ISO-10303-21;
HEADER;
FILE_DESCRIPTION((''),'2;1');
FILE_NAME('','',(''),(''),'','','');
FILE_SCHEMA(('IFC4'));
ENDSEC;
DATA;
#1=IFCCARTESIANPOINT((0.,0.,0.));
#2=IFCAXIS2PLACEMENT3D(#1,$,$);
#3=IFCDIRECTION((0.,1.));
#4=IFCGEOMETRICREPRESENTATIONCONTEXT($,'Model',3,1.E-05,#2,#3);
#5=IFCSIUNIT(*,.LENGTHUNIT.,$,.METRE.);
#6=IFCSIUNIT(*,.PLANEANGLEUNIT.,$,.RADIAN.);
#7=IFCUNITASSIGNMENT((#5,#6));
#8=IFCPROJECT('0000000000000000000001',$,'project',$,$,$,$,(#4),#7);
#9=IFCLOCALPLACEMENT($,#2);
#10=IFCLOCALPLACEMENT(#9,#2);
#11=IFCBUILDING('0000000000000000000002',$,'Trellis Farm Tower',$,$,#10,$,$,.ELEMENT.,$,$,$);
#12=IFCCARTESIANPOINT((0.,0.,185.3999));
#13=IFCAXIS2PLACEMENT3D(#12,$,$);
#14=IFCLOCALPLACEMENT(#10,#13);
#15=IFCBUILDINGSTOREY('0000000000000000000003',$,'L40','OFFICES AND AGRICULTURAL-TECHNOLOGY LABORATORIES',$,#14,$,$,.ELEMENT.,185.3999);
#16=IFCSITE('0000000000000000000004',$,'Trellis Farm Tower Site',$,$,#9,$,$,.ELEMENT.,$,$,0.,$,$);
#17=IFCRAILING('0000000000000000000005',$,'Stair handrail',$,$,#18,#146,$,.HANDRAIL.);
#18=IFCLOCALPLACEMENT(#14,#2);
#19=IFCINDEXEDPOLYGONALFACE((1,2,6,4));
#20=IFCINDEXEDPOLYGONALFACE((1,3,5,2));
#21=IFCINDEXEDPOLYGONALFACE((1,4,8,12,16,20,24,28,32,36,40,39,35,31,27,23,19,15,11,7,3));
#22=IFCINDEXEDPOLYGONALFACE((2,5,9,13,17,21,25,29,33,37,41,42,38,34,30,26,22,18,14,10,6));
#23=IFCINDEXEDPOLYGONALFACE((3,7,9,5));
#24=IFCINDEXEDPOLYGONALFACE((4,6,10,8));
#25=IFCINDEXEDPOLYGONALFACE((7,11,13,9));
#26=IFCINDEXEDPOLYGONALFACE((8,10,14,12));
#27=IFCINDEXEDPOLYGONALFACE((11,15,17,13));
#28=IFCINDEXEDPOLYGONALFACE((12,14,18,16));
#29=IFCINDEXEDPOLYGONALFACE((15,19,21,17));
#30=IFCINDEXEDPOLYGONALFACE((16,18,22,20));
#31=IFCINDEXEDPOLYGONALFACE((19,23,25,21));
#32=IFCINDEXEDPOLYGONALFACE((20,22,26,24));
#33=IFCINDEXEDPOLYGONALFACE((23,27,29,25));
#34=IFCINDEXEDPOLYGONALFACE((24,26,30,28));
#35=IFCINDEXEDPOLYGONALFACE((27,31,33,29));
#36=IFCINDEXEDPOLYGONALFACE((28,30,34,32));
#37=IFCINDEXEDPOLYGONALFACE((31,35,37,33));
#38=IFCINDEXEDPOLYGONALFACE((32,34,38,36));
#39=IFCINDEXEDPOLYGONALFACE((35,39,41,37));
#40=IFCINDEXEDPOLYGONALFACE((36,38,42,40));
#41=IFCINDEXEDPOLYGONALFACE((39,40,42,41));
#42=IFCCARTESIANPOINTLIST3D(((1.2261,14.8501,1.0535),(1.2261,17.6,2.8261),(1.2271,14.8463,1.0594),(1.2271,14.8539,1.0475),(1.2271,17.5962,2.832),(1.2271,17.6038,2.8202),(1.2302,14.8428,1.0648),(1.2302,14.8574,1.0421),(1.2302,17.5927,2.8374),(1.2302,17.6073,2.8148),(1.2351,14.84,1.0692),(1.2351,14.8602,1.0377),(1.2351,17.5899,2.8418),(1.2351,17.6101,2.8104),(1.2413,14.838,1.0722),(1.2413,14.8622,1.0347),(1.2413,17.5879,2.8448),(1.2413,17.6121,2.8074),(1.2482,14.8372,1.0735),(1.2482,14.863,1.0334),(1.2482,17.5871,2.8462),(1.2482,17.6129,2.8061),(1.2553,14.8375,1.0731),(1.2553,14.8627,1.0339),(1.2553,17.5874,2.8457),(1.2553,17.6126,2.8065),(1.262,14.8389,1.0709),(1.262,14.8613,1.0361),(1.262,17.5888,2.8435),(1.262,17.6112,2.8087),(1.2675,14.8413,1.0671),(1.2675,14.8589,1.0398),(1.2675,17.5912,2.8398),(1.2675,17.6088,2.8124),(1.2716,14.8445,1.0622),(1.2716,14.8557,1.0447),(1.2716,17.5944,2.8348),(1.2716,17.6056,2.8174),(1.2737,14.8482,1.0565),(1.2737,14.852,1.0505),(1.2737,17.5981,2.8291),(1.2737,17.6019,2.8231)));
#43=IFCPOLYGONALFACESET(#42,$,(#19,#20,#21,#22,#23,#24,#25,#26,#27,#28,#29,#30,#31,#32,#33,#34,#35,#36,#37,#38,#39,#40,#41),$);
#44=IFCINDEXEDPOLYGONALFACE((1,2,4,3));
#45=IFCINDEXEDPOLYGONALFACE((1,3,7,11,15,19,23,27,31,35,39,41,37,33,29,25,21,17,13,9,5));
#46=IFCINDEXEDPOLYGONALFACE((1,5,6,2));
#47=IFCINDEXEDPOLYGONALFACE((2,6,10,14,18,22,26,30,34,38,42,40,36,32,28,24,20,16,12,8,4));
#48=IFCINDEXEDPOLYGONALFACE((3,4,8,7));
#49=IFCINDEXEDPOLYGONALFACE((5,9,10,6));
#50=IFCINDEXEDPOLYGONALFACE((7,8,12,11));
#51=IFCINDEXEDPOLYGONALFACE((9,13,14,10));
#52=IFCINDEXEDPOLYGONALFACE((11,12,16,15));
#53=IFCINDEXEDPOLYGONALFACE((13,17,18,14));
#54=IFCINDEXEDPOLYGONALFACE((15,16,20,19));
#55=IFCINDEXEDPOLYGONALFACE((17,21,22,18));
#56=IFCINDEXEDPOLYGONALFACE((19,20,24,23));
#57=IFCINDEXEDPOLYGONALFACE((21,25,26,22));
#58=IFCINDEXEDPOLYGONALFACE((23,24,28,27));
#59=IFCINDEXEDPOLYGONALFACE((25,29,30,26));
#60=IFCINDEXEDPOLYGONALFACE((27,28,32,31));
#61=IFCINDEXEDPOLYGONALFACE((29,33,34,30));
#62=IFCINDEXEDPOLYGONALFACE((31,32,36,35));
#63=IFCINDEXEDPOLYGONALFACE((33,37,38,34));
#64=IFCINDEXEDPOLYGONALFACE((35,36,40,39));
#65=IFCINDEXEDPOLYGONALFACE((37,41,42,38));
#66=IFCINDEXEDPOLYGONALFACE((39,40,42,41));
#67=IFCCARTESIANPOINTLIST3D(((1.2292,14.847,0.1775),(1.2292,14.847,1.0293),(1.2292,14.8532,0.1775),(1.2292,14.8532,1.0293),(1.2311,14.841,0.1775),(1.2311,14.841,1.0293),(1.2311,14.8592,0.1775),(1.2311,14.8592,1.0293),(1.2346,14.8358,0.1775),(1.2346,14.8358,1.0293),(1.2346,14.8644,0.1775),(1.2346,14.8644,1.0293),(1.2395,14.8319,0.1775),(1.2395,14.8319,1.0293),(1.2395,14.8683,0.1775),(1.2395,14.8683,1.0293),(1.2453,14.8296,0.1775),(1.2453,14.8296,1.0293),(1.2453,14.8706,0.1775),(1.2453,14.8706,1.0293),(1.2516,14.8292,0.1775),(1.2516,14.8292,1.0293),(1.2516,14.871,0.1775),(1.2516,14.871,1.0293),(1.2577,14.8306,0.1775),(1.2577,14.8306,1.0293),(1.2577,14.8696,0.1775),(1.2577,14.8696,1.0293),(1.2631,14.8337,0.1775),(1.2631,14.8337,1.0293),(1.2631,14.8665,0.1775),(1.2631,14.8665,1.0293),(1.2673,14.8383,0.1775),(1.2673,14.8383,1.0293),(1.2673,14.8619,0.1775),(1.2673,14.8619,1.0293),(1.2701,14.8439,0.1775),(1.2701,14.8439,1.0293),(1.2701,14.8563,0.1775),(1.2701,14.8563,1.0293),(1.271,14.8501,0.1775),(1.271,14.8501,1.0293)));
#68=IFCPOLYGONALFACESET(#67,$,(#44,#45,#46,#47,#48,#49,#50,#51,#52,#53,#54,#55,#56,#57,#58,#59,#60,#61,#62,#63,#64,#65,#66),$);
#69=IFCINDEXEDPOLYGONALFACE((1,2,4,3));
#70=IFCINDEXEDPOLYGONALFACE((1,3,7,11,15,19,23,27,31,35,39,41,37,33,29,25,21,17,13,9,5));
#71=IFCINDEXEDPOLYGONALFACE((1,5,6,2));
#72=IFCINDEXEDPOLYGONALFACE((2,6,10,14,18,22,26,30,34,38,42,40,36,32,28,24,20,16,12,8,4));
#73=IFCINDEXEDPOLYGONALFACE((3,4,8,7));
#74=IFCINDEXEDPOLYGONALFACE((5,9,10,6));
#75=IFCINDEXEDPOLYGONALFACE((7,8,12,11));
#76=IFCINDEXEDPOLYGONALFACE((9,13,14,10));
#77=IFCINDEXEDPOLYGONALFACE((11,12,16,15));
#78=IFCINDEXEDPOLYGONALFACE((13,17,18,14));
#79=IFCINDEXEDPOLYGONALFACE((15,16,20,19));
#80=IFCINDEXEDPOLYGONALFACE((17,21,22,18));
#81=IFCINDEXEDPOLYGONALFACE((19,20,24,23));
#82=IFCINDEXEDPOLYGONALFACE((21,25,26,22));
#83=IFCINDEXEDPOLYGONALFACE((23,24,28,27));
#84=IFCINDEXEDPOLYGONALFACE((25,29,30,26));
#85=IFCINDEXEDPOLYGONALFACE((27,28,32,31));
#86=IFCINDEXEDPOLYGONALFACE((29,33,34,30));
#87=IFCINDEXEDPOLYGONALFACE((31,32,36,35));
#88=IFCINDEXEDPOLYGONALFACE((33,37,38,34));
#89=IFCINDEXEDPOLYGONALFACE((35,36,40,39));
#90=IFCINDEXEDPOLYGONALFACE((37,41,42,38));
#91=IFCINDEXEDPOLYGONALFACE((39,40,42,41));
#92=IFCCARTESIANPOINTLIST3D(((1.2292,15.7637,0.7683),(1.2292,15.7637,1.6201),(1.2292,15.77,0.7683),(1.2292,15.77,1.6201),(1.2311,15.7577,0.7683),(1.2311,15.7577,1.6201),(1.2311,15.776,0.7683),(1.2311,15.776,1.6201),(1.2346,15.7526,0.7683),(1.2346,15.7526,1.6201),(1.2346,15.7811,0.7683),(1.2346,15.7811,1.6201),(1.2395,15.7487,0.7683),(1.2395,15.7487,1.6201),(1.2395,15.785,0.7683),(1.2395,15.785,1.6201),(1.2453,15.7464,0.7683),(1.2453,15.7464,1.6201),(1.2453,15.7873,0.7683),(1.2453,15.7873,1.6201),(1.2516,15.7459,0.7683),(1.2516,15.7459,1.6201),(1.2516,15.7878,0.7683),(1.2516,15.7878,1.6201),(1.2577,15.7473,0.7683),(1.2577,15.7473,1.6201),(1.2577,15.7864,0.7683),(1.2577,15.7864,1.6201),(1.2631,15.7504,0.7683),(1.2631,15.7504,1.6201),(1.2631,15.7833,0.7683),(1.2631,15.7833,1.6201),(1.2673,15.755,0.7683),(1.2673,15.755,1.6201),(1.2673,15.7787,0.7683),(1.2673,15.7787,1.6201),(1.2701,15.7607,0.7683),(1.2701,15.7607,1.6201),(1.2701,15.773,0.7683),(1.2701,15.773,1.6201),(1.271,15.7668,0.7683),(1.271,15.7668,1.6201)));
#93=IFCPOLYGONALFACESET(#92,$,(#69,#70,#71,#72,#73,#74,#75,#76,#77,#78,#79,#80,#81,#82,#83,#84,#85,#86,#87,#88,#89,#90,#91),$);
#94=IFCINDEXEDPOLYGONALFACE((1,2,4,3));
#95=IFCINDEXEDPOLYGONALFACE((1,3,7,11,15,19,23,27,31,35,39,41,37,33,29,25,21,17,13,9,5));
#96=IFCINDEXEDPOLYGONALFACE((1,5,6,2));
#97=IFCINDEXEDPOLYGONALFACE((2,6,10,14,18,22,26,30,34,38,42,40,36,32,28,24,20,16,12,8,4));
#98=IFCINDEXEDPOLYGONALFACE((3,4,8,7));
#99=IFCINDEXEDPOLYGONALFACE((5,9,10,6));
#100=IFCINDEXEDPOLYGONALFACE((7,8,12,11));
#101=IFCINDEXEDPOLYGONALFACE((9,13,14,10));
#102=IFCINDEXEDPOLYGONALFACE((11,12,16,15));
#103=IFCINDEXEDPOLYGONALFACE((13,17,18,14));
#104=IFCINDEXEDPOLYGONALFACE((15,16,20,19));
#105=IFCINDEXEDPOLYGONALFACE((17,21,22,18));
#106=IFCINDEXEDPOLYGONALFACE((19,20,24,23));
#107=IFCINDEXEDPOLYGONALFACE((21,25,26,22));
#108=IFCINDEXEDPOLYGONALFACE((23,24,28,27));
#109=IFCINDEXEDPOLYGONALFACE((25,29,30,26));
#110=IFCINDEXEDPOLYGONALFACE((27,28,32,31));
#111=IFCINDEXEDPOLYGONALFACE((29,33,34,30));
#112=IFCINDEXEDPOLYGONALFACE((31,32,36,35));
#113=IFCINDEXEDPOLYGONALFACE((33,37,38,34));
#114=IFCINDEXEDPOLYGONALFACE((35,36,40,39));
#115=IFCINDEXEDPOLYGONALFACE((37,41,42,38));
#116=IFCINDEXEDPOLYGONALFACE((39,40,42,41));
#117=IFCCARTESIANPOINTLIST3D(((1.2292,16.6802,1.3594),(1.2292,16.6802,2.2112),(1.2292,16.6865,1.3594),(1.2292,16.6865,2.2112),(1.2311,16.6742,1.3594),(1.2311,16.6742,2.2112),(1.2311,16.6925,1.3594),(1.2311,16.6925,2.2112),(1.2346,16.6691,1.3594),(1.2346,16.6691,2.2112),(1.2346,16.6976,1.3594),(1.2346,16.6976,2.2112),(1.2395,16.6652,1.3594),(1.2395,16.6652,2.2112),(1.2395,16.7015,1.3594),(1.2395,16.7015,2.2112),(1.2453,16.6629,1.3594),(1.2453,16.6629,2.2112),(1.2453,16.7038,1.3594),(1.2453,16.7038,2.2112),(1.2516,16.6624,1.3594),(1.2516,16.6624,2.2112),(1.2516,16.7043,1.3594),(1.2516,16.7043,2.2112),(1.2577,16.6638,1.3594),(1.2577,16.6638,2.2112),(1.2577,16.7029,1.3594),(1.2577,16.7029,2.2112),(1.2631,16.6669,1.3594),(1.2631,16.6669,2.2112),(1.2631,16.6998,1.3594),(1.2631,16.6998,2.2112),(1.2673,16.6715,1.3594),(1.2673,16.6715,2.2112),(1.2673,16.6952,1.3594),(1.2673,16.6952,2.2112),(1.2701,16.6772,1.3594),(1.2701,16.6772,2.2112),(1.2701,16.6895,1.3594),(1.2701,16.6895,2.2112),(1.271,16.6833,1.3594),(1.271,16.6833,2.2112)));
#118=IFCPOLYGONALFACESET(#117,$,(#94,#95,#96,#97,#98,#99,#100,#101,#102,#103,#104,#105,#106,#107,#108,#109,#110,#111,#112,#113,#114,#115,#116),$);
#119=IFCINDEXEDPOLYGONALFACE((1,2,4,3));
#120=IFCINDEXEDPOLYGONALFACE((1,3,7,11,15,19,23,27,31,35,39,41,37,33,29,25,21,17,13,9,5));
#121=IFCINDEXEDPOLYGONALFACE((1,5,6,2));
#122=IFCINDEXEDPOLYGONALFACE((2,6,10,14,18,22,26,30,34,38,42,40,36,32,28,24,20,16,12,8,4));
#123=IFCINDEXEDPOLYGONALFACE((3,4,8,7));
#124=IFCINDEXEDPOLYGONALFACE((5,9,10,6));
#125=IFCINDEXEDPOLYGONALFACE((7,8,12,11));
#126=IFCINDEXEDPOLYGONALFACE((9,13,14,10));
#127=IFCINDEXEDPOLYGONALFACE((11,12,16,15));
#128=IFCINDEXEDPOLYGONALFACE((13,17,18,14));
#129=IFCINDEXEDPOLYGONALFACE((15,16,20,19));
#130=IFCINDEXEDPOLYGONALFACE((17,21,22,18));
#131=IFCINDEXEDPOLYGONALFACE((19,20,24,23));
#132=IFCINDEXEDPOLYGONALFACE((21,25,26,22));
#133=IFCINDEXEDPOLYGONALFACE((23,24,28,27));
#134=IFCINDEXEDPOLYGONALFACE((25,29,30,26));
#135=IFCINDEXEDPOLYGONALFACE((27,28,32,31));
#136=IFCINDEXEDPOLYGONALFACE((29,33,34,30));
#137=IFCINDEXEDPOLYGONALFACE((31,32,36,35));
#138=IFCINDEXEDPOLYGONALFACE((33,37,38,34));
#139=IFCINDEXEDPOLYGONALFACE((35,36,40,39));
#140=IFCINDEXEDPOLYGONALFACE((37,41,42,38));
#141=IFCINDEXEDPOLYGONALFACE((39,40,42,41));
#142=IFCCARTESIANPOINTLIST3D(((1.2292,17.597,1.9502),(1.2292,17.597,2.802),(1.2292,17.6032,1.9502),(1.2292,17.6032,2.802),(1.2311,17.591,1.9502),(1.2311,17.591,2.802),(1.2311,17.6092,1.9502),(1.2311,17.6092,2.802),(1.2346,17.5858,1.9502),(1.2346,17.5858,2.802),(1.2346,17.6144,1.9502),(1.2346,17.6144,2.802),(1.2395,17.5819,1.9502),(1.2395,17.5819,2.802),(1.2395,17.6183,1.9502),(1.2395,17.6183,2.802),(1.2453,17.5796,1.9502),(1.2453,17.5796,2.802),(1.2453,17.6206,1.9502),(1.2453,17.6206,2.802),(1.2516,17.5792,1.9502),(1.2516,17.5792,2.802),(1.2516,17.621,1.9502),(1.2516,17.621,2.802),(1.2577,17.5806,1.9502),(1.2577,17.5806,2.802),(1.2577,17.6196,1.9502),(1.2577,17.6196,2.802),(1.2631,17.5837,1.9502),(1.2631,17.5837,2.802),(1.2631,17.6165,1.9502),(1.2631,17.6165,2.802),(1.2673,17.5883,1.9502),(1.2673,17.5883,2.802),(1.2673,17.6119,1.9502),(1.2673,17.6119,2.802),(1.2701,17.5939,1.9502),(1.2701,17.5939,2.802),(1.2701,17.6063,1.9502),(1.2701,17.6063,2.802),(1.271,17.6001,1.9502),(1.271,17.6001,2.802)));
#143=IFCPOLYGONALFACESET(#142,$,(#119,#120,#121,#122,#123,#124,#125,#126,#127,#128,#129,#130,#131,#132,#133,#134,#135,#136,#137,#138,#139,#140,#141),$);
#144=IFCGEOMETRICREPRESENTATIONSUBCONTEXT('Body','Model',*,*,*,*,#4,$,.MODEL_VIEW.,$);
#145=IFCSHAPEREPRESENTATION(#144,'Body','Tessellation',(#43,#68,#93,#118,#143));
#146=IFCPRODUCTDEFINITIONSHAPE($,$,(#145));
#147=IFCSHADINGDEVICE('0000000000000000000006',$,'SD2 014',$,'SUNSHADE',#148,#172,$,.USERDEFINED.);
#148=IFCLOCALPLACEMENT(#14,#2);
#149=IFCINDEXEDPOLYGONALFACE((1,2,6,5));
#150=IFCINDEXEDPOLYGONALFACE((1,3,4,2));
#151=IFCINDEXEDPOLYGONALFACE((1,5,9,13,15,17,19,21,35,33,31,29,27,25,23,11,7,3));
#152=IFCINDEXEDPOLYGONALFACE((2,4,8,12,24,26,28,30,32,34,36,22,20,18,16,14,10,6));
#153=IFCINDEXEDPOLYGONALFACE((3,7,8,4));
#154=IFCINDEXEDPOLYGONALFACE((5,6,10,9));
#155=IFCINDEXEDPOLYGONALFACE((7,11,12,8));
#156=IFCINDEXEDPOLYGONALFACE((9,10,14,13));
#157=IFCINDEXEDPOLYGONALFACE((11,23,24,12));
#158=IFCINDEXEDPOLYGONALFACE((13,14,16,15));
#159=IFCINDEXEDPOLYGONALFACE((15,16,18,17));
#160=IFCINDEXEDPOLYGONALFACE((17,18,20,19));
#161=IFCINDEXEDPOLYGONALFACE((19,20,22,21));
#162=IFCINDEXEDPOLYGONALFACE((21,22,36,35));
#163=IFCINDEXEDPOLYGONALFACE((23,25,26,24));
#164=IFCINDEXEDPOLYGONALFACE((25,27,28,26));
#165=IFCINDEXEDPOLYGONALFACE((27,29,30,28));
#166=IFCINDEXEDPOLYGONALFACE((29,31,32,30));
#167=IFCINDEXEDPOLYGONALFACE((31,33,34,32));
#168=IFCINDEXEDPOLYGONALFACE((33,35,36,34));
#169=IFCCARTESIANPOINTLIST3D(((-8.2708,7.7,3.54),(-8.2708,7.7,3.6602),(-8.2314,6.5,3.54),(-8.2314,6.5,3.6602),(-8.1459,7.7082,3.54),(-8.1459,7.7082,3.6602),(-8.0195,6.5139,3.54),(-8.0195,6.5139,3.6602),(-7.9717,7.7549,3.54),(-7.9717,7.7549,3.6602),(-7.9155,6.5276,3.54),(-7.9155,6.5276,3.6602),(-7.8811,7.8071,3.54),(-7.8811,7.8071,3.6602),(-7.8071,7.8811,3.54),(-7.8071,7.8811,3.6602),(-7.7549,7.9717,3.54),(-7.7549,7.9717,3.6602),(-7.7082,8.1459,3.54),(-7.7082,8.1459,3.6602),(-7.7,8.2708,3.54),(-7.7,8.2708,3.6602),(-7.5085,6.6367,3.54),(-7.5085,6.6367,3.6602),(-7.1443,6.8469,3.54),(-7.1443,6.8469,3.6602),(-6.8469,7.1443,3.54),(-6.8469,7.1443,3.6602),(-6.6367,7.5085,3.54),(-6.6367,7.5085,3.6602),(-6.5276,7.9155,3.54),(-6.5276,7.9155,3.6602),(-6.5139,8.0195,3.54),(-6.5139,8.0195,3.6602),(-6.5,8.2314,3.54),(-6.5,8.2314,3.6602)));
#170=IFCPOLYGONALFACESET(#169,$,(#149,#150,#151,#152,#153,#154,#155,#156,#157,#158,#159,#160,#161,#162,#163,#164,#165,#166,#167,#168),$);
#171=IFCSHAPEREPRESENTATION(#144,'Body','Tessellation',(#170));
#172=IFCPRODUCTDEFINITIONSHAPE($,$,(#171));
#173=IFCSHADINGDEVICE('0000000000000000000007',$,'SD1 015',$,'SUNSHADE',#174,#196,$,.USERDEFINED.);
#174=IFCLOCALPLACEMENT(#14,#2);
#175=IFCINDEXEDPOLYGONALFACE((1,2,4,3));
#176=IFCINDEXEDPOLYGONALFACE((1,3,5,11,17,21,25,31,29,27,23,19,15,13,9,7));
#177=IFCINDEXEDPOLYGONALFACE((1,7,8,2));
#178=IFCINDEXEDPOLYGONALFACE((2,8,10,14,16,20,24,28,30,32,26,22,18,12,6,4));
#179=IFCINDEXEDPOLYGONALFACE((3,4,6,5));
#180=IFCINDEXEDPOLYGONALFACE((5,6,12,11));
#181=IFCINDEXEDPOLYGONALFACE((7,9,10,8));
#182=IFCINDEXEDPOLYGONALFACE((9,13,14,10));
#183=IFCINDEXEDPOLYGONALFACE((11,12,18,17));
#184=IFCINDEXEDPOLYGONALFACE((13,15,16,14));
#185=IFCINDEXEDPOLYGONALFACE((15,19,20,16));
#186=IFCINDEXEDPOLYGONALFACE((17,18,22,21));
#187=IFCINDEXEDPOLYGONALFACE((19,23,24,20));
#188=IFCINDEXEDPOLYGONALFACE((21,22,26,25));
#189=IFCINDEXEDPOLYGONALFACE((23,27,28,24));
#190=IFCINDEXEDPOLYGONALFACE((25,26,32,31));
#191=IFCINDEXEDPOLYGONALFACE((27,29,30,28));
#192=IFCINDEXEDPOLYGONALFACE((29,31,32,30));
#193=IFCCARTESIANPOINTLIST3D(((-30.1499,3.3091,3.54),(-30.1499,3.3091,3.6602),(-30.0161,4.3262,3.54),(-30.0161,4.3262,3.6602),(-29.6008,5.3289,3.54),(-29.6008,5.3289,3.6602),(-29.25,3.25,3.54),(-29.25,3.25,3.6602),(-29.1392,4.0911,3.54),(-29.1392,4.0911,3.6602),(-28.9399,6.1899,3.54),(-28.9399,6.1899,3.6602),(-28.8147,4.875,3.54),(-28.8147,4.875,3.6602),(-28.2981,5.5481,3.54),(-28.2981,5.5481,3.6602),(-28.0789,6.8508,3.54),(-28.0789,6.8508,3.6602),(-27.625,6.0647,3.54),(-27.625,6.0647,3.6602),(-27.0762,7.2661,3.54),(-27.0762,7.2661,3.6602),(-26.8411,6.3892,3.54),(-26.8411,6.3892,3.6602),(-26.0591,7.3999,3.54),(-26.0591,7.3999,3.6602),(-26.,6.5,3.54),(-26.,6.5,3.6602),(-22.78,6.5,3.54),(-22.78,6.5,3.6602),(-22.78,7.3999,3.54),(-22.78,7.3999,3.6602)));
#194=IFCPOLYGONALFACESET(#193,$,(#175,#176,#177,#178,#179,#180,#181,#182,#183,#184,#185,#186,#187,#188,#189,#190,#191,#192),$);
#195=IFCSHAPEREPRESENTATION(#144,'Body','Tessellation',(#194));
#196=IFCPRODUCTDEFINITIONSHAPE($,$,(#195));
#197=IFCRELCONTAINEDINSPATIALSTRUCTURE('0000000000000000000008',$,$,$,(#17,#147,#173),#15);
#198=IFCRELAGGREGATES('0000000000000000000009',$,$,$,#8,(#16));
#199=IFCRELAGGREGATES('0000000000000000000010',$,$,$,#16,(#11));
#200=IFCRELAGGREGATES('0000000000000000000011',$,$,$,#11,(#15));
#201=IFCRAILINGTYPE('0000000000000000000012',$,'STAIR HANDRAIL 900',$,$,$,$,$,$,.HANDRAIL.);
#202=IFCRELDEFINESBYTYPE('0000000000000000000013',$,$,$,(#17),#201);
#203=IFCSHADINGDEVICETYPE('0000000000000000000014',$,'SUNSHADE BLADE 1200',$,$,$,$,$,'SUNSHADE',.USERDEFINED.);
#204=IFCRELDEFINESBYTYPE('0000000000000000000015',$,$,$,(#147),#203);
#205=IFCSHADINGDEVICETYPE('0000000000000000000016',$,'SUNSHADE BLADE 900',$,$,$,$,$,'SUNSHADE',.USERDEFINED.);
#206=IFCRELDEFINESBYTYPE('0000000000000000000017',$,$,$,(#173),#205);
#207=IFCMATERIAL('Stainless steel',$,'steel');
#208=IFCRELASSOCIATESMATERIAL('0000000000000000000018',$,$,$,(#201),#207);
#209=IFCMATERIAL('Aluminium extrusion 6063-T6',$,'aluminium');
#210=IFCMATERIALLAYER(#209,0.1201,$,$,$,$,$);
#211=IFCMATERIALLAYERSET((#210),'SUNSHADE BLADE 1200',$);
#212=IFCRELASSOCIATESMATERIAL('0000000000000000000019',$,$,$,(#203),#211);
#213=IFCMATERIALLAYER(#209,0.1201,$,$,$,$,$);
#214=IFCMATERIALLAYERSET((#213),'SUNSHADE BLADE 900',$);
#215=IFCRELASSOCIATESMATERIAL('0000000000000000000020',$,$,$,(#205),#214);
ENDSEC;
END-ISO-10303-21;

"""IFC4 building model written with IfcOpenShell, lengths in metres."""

from ifc_helpers import new_model, si_unit, direction, frame, origin, origin_2d, place, context, subcontext, project, spatial, polyline, circle, outline, extrude, source, transform, mapped, material, layer, layer_set, type_object, element, save


model = new_model("IFC4")

# Units and contexts
model_context = context("Model", 3, precision=1e-05, world=origin(), true_north=direction((0.0, 1.0)))
body_context = subcontext(model_context, "Body", "Model", "MODEL_VIEW")
ifc_project = project(units=[si_unit("LENGTHUNIT", "METRE"), si_unit("PLANEANGLEUNIT", "RADIAN")], contexts=[model_context])

# Site, building, storey
site_placement = place(None, origin())
site = spatial("IfcSite", under=ifc_project, at=site_placement, Name="Trellis Farm Tower Site", CompositionType="ELEMENT", RefElevation=0.0)
building_placement = place(site_placement, origin())
building = spatial("IfcBuilding", under=site, at=building_placement, Name="Trellis Farm Tower", CompositionType="ELEMENT")
storey_placement = place(building_placement, frame((0.0, 0.0, 185.3999)))
storey = spatial("IfcBuildingStorey", under=building, at=storey_placement, Name="L40", Description="OFFICES AND AGRICULTURAL-TECHNOLOGY LABORATORIES", CompositionType="ELEMENT", Elevation=185.3999)

# Shared definitions
ifc_material_1 = material(Name="Aluminium extrusion 6063-T6", Category="aluminium")

# Railing
ifc_material_2 = material(Name="Stainless steel", Category="steel")
railing_type = type_object("IfcRailingType", Name="STAIR HANDRAIL 900", PredefinedType="HANDRAIL", material=ifc_material_2)
shared_shape_1 = source(origin(), body_context, "Body", "SweptSolid", [
    extrude(circle(Radius=0.0239, at=origin_2d()), frame((0.0, 0.0, 0.876), z_axis=(0.0, 0.840504, 0.541806), x_axis=(-1.0, 0.0, 0.0)), (0.0, 0.0, 1.0), 3.2717),
    extrude(circle(Radius=0.021, at=origin_2d()), origin(), (0.0, 0.0, 1.0), 0.8518),
    extrude(circle(Radius=0.021, at=origin_2d()), frame((0.0, 0.9167, 0.5908)), (0.0, 0.0, 1.0), 0.8518),
    extrude(circle(Radius=0.021, at=origin_2d()), frame((0.0, 1.8333, 1.1819)), (0.0, 0.0, 1.0), 0.8518),
    extrude(circle(Radius=0.021, at=origin_2d()), frame((0.0, 2.75, 1.7727)), (0.0, 0.0, 1.0), 0.8518),
])
railing_placement = place(storey_placement, frame((1.25, 14.8501, 0.1775)))
element("IfcRailing", 1, at=railing_placement, inside=storey, type_object=railing_type, Name="Stair handrail", PredefinedType="HANDRAIL", context=body_context, shape_type="MappedRepresentation", body=[
    mapped(shared_shape_1, transform((0.0, 0.0, 0.0))),
])

# Shading devices
ifc_layer_1 = layer(ifc_material_1, 0.1201)
ifc_layer_set_1 = layer_set([ifc_layer_1], Name="SUNSHADE BLADE 1200")
shading_device_type_1 = type_object("IfcShadingDeviceType", Name="SUNSHADE BLADE 1200", ElementType="SUNSHADE", PredefinedType="USERDEFINED", material=ifc_layer_set_1)
shared_shape_2 = source(origin(), body_context, "Body", "SweptSolid", [
    extrude(outline(polyline([(-7.7, 8.2708), (-7.7087, 8.1372), (-7.707, 8.1501), (-7.7549, 7.9717), (-7.8071, 7.8811), (-7.8811, 7.8071), (-7.9717, 7.7549), (-8.1501, 7.707), (-8.1372, 7.7087), (-8.2708, 7.7), (-8.2314, 6.5), (-8.0195, 6.5139), (-7.9155, 6.5276), (-7.5085, 6.6367), (-7.1443, 6.8469), (-6.8469, 7.1443), (-6.6367, 7.5085), (-6.5276, 7.9155), (-6.5139, 8.0195), (-6.5, 8.2314), (-7.7, 8.2708)])), origin(), (0.0, 0.0, 1.0), 0.1201),
])
placement_1 = place(storey_placement, frame((0.0, 0.0, 3.54)))
element("IfcShadingDevice", 2, at=placement_1, inside=storey, type_object=shading_device_type_1, Name="SD2 014", ObjectType="SUNSHADE", PredefinedType="USERDEFINED", context=body_context, shape_type="MappedRepresentation", body=[
    mapped(shared_shape_2, transform((0.0, 0.0, 0.0))),
])
ifc_layer_2 = layer(ifc_material_1, 0.1201)
ifc_layer_set_2 = layer_set([ifc_layer_2], Name="SUNSHADE BLADE 900")
shading_device_type_2 = type_object("IfcShadingDeviceType", Name="SUNSHADE BLADE 900", ElementType="SUNSHADE", PredefinedType="USERDEFINED", material=ifc_layer_set_2)
shared_shape_3 = source(origin(), body_context, "Body", "SweptSolid", [
    extrude(outline(polyline([(-22.78, 7.3999), (-26.0591, 7.3999), (-27.0762, 7.2661), (-28.0789, 6.8508), (-28.9399, 6.1899), (-29.6008, 5.3289), (-30.0161, 4.3262), (-30.1499, 3.3091), (-29.25, 3.25), (-29.1392, 4.0911), (-28.8147, 4.875), (-28.2981, 5.5481), (-27.625, 6.0647), (-26.8411, 6.3892), (-26.0, 6.5), (-22.78, 6.5), (-22.78, 7.3999)])), origin(), (0.0, 0.0, 1.0), 0.1201),
])
element("IfcShadingDevice", 3, at=placement_1, inside=storey, type_object=shading_device_type_2, Name="SD1 015", ObjectType="SUNSHADE", PredefinedType="USERDEFINED", context=body_context, shape_type="MappedRepresentation", body=[
    mapped(shared_shape_3, transform((0.0, 0.0, 0.0))),
])

save(model, "model.ifc")
